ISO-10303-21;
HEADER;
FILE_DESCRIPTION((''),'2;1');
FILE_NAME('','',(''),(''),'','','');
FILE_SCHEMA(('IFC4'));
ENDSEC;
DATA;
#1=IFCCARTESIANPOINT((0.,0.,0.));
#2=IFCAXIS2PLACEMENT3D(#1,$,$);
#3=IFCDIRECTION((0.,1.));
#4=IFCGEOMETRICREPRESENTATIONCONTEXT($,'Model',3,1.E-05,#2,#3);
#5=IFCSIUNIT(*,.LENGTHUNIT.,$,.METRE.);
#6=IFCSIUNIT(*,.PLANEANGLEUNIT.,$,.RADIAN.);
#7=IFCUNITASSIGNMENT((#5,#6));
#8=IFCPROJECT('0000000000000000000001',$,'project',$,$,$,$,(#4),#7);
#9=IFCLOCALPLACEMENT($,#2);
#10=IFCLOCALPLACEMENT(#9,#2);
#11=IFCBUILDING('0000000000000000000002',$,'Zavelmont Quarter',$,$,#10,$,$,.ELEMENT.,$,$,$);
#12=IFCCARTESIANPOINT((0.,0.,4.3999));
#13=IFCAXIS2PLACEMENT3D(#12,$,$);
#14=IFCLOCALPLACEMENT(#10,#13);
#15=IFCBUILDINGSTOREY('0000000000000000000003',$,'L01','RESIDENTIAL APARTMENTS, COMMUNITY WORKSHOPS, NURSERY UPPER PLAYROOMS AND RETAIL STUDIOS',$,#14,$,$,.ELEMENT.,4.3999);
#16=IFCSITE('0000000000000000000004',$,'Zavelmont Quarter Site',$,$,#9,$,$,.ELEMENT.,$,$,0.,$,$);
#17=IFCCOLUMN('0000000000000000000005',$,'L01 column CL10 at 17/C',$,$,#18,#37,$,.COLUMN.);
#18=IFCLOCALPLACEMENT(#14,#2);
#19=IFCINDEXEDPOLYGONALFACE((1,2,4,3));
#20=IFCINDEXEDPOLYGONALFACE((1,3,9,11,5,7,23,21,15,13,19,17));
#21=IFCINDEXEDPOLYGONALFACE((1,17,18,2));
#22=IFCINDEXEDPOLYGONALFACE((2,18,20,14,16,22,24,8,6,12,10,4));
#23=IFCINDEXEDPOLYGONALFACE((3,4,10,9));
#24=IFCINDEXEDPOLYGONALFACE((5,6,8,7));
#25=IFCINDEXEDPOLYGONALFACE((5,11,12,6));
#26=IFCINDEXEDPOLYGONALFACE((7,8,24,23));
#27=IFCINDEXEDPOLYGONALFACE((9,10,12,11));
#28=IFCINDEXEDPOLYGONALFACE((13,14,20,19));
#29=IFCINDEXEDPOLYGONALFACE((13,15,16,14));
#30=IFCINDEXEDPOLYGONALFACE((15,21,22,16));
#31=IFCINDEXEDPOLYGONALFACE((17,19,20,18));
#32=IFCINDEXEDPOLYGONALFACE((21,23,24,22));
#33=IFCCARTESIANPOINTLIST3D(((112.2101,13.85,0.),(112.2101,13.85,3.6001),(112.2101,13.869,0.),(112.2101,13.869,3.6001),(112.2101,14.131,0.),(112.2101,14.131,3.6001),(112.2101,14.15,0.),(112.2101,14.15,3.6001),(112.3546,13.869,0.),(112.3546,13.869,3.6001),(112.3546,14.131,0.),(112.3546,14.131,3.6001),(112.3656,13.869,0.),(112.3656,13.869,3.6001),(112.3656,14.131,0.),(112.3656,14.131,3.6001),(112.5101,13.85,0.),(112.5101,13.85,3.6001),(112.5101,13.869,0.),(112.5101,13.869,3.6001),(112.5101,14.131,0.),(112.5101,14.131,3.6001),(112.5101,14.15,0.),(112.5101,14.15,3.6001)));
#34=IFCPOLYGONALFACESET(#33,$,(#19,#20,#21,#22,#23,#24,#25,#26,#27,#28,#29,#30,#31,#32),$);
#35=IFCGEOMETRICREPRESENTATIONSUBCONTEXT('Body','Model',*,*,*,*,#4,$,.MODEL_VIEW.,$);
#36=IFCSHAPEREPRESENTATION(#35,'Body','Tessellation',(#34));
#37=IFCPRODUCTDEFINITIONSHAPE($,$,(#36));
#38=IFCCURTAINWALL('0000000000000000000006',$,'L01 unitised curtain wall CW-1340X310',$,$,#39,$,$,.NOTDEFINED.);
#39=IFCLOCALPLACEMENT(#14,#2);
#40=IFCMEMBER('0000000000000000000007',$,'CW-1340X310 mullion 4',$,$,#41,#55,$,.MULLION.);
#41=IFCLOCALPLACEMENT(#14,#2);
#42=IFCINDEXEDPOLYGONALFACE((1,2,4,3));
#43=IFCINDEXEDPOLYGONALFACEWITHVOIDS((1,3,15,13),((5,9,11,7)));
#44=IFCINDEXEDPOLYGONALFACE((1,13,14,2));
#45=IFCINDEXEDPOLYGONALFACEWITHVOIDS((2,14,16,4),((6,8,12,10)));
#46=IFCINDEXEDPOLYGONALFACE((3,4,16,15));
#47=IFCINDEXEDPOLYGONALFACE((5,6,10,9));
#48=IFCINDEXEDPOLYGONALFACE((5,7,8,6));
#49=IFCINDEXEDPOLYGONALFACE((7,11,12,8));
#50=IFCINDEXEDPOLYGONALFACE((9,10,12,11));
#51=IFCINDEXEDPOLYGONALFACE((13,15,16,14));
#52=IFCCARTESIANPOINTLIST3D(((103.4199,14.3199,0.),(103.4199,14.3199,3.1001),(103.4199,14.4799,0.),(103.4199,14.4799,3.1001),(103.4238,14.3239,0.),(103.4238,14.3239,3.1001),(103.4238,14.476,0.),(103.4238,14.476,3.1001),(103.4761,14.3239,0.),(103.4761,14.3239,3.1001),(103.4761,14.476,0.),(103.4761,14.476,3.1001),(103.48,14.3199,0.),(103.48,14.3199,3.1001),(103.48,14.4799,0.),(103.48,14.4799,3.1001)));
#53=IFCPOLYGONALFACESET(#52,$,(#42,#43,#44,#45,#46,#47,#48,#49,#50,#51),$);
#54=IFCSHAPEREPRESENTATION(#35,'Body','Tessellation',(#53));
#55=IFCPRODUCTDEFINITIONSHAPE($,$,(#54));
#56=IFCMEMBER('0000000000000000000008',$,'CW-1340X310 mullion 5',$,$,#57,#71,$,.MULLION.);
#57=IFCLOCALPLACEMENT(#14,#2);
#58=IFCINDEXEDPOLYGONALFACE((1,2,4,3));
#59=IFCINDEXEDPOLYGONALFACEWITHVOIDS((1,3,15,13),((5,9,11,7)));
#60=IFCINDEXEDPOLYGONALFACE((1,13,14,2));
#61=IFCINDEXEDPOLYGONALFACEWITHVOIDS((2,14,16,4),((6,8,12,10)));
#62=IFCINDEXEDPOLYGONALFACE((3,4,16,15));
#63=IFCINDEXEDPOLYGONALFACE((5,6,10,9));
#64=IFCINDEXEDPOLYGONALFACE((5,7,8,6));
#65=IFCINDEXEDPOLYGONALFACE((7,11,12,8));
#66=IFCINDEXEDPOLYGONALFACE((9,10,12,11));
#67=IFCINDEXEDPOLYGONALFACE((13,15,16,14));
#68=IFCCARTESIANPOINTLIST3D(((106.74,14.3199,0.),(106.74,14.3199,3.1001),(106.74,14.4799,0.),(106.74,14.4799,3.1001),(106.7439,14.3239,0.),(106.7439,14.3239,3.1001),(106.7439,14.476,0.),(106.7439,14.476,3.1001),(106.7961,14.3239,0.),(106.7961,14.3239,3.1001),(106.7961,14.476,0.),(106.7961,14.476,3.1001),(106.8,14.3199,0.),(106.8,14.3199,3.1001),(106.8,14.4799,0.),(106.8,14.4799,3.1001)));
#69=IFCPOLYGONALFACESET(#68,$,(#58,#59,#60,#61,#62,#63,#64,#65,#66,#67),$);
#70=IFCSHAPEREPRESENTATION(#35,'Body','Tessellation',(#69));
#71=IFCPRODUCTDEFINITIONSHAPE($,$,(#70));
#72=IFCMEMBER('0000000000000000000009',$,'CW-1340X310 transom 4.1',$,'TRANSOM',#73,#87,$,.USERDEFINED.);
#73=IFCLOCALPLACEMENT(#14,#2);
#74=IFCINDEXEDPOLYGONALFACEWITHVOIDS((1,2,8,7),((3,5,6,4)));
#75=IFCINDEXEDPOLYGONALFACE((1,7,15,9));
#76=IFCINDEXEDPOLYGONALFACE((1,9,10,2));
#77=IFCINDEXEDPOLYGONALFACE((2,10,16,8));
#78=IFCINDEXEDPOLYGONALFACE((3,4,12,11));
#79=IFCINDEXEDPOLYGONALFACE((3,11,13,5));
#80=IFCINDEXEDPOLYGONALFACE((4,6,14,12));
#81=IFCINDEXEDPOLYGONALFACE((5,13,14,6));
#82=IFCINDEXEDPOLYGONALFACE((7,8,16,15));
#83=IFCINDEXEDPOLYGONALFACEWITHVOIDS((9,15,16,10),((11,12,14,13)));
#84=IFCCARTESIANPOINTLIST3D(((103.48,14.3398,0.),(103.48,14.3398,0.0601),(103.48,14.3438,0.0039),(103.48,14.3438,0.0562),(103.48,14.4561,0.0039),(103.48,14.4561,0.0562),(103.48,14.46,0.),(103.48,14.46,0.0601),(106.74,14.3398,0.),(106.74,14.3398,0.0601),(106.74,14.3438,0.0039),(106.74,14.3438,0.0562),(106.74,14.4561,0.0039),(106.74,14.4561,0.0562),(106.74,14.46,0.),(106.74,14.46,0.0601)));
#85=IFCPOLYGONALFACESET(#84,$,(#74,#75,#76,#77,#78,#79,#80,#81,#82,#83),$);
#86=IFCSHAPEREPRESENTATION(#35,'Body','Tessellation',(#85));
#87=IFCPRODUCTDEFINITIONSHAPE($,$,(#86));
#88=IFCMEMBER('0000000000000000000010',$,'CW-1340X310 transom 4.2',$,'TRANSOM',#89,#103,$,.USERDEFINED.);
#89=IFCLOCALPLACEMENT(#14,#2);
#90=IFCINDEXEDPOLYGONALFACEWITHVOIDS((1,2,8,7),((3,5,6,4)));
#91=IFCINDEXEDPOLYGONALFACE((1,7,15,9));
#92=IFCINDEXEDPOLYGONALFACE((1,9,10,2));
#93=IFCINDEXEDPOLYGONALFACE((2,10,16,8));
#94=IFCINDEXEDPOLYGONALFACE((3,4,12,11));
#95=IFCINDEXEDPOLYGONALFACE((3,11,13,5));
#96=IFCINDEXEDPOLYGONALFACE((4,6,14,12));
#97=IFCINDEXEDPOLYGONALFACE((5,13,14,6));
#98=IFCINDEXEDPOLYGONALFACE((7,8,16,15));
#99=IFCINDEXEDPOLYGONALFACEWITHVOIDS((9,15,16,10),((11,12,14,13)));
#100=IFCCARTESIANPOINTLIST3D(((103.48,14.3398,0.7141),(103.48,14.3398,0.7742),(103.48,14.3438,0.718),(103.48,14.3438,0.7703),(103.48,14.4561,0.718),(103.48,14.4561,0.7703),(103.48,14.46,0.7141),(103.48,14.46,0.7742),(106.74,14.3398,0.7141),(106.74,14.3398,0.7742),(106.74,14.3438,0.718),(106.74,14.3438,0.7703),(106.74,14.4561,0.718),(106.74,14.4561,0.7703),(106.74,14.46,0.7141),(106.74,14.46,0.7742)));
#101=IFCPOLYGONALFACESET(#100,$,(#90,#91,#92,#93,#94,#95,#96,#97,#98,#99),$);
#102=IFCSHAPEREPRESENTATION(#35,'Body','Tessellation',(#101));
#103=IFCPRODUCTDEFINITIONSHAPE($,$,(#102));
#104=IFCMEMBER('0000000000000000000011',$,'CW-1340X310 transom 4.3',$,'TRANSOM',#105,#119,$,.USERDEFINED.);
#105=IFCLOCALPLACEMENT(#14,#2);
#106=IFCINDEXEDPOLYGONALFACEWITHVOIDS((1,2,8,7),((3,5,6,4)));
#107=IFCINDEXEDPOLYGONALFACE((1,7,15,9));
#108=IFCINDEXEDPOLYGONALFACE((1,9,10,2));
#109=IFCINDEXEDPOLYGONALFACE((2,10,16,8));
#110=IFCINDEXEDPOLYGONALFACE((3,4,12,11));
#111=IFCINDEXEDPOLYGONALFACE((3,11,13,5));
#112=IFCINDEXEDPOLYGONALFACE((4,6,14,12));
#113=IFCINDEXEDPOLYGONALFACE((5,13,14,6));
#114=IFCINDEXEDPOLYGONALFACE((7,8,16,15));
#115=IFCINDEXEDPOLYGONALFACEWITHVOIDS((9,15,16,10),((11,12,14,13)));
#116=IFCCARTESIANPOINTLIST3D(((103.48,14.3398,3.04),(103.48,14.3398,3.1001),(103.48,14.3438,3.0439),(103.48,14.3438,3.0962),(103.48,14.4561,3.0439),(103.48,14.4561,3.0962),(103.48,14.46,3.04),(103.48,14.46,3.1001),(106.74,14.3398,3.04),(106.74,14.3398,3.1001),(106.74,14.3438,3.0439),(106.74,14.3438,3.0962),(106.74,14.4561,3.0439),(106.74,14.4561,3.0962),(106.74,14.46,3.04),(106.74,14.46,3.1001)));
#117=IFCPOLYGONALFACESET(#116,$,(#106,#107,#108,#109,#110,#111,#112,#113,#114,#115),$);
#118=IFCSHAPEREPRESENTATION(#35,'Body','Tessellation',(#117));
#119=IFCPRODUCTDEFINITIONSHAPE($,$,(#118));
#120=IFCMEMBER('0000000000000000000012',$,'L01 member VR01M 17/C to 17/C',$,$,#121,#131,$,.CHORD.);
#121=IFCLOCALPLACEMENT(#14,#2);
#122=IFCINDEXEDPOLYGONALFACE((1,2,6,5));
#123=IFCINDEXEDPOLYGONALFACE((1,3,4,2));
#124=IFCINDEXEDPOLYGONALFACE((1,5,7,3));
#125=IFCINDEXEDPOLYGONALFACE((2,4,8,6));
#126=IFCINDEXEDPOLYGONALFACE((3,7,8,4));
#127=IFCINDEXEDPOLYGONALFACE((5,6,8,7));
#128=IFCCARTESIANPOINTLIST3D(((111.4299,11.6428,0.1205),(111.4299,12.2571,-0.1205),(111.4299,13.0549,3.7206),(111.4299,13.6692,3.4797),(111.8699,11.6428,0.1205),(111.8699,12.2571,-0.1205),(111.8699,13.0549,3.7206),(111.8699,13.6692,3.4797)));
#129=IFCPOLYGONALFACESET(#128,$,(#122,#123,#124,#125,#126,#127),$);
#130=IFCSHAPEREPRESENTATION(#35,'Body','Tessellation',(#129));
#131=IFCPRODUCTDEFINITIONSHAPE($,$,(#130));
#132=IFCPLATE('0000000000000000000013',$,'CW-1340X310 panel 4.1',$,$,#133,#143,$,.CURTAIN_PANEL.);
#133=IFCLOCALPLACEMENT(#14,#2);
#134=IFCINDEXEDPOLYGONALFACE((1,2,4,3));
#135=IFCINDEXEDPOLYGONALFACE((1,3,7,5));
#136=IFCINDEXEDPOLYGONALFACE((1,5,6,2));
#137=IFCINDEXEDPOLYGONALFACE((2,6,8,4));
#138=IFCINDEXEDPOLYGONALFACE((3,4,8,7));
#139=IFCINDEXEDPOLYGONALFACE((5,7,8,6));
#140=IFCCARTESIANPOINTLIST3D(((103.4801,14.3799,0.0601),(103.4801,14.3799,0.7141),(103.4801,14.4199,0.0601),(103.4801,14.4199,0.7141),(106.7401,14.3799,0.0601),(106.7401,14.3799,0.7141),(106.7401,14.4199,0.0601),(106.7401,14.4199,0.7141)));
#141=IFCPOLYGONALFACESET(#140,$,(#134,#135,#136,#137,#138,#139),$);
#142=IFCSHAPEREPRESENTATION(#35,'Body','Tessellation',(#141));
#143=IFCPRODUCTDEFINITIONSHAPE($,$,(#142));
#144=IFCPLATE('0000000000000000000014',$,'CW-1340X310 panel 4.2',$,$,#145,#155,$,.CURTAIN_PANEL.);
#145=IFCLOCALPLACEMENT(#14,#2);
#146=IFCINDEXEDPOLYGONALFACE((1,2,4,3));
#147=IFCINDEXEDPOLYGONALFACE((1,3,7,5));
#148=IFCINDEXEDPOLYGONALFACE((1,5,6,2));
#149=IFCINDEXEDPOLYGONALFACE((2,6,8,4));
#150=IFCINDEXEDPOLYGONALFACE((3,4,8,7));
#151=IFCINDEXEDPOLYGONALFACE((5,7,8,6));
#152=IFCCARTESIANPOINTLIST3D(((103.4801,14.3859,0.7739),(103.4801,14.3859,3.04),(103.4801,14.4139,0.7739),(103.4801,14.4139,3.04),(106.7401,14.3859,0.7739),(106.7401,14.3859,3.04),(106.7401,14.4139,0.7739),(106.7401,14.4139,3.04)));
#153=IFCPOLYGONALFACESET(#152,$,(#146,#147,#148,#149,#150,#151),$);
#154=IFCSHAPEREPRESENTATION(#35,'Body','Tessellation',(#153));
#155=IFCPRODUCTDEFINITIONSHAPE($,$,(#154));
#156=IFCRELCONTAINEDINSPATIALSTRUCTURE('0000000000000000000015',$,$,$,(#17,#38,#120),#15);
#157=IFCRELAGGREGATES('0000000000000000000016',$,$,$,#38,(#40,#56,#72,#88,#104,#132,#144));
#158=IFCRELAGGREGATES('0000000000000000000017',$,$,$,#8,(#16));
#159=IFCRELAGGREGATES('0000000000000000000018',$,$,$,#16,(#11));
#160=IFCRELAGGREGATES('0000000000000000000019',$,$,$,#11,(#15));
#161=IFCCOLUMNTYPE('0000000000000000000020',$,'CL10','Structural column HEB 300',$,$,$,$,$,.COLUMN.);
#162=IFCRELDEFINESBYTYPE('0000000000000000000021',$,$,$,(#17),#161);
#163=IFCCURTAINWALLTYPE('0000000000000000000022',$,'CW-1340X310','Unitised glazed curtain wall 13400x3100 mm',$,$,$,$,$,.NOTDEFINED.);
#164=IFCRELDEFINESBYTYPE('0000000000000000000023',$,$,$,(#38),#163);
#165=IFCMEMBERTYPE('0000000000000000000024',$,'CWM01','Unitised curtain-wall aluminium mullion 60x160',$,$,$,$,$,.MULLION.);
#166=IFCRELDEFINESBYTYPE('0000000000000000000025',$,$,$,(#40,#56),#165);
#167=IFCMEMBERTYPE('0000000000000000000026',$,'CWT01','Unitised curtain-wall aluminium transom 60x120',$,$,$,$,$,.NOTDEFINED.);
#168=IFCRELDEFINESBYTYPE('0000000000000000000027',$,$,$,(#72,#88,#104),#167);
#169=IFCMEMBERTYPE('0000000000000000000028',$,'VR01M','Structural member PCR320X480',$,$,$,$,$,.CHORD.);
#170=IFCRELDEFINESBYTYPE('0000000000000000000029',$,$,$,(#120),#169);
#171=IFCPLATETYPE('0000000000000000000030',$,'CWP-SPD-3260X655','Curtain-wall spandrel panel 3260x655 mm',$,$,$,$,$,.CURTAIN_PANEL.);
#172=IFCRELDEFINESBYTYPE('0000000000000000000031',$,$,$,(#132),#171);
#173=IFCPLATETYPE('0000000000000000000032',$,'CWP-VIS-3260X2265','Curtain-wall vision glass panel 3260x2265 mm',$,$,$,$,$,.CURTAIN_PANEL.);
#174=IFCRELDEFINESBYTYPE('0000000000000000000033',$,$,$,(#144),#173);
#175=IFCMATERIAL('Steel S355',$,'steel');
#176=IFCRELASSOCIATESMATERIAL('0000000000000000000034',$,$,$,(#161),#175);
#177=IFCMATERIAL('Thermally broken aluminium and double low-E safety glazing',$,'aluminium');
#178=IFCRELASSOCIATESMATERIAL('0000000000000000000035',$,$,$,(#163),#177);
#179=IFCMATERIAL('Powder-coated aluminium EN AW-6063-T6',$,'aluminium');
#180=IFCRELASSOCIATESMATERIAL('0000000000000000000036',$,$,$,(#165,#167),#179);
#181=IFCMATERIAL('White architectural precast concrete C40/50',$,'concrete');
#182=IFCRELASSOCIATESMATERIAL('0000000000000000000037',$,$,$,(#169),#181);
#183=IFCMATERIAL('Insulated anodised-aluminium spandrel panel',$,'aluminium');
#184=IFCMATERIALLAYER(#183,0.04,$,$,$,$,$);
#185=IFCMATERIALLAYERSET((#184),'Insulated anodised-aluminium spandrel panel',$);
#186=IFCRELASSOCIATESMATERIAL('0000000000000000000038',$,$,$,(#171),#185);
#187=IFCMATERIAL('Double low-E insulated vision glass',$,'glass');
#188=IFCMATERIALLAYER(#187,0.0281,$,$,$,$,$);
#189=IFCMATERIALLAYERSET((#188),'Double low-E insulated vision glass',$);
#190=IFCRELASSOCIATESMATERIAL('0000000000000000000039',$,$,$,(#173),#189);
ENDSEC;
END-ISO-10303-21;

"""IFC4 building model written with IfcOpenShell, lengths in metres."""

from ifc_helpers import new_model, si_unit, direction, frame, origin, origin_2d, place, context, subcontext, project, spatial, rectangle, hollow_rectangle, i_section, extrude, material, layer, layer_set, material_profile, profile_set, type_object, element, aggregate, save


model = new_model("IFC4")

# Units and contexts
model_context = context("Model", 3, precision=1e-05, world=origin(), true_north=direction((0.0, 1.0)))
body_context = subcontext(model_context, "Body", "Model", "MODEL_VIEW")
ifc_project = project(units=[si_unit("LENGTHUNIT", "METRE"), si_unit("PLANEANGLEUNIT", "RADIAN")], contexts=[model_context])

# Site, building, storey
site_placement = place(None, origin())
site = spatial("IfcSite", under=ifc_project, at=site_placement, Name="Zavelmont Quarter Site", CompositionType="ELEMENT", RefElevation=0.0)
building_placement = place(site_placement, origin())
building = spatial("IfcBuilding", under=site, at=building_placement, Name="Zavelmont Quarter", CompositionType="ELEMENT")
storey_placement = place(building_placement, frame((0.0, 0.0, 4.3999)))
storey = spatial("IfcBuildingStorey", under=building, at=storey_placement, Name="L01", Description="RESIDENTIAL APARTMENTS, COMMUNITY WORKSHOPS, NURSERY UPPER PLAYROOMS AND RETAIL STUDIOS", CompositionType="ELEMENT", Elevation=4.3999)

# Column
ifc_material_1 = material(Name="Steel S355", Category="steel")
ifc_material_profile_1 = material_profile(ifc_material_1, i_section(OverallWidth=0.3, OverallDepth=0.3, WebThickness=0.011, FlangeThickness=0.019, at=origin_2d()), Name="HEB 300")
ifc_profile_set_1 = profile_set([ifc_material_profile_1], Name="Steel S355")
column_type = type_object("IfcColumnType", Name="CL10", Description="Structural column HEB 300", PredefinedType="COLUMN", material=ifc_profile_set_1)
column_placement = place(storey_placement, frame((112.3601, 14.0, 0.0), z_axis=(0.0, 0.0, 1.0), x_axis=(1.0, 0.0, 0.0)))
element("IfcColumn", 1, at=column_placement, inside=storey, type_object=column_type, Name="L01 column CL10 at 17/C", PredefinedType="COLUMN", context=body_context, shape_type="SweptSolid", body=[
    extrude(i_section(OverallWidth=0.3, OverallDepth=0.3, WebThickness=0.011, FlangeThickness=0.019, at=origin_2d()), origin(), (0.0, 0.0, 1.0), 3.6001),
])

# Curtain wall, members
ifc_material_2 = material(Name="Thermally broken aluminium and double low-E safety glazing", Category="aluminium")
curtain_wall_type = type_object("IfcCurtainWallType", Name="CW-1340X310", Description="Unitised glazed curtain wall 13400x3100 mm", PredefinedType="NOTDEFINED", material=ifc_material_2)
curtain_wall_placement = place(storey_placement, origin())
curtain_wall = element("IfcCurtainWall", 2, at=curtain_wall_placement, inside=storey, type_object=curtain_wall_type, Name="L01 unitised curtain wall CW-1340X310", PredefinedType="NOTDEFINED")
ifc_material_3 = material(Name="Powder-coated aluminium EN AW-6063-T6", Category="aluminium")
ifc_material_profile_2 = material_profile(ifc_material_3, hollow_rectangle(XDim=0.0601, YDim=0.1599, WallThickness=0.0039, at=origin_2d()), Name="CWM60X160")
ifc_profile_set_2 = profile_set([ifc_material_profile_2], Name="Powder-coated aluminium EN AW-6063-T6")
member_type_1 = type_object("IfcMemberType", Name="CWM01", Description="Unitised curtain-wall aluminium mullion 60x160", PredefinedType="MULLION", material=ifc_profile_set_2)
member_1_placement = place(storey_placement, frame((103.45, 14.3999, 0.0), z_axis=(0.0, 0.0, 1.0), x_axis=(1.0, 0.0, 0.0)))
member_1 = element("IfcMember", 3, at=member_1_placement, type_object=member_type_1, Name="CW-1340X310 mullion 4", PredefinedType="MULLION", context=body_context, shape_type="SweptSolid", body=[
    extrude(hollow_rectangle(XDim=0.0601, YDim=0.1599, WallThickness=0.0039, at=origin_2d()), origin(), (0.0, 0.0, 1.0), 3.1001),
])
member_2_placement = place(storey_placement, frame((106.77, 14.3999, 0.0), z_axis=(0.0, 0.0, 1.0), x_axis=(1.0, 0.0, 0.0)))
member_2 = element("IfcMember", 4, at=member_2_placement, type_object=member_type_1, Name="CW-1340X310 mullion 5", PredefinedType="MULLION", context=body_context, shape_type="SweptSolid", body=[
    extrude(hollow_rectangle(XDim=0.0601, YDim=0.1599, WallThickness=0.0039, at=origin_2d()), origin(), (0.0, 0.0, 1.0), 3.1001),
])
ifc_material_profile_3 = material_profile(ifc_material_3, hollow_rectangle(XDim=0.1201, YDim=0.0601, WallThickness=0.0039, at=origin_2d()), Name="CWT60X120")
ifc_profile_set_3 = profile_set([ifc_material_profile_3], Name="Powder-coated aluminium EN AW-6063-T6")
member_type_2 = type_object("IfcMemberType", Name="CWT01", Description="Unitised curtain-wall aluminium transom 60x120", PredefinedType="NOTDEFINED", material=ifc_profile_set_3)
member_3_placement = place(storey_placement, frame((103.48, 14.3999, 0.03), z_axis=(1.0, 0.0, 0.0), x_axis=(0.0, 1.0, 0.0)))
member_3 = element("IfcMember", 5, at=member_3_placement, type_object=member_type_2, Name="CW-1340X310 transom 4.1", ObjectType="TRANSOM", PredefinedType="USERDEFINED", context=body_context, shape_type="SweptSolid", body=[
    extrude(hollow_rectangle(XDim=0.1201, YDim=0.0601, WallThickness=0.0039, at=origin_2d()), origin(), (0.0, 0.0, 1.0), 3.26),
])
member_4_placement = place(storey_placement, frame((103.48, 14.3999, 0.7441), z_axis=(1.0, 0.0, 0.0), x_axis=(0.0, 1.0, 0.0)))
member_4 = element("IfcMember", 6, at=member_4_placement, type_object=member_type_2, Name="CW-1340X310 transom 4.2", ObjectType="TRANSOM", PredefinedType="USERDEFINED", context=body_context, shape_type="SweptSolid", body=[
    extrude(hollow_rectangle(XDim=0.1201, YDim=0.0601, WallThickness=0.0039, at=origin_2d()), origin(), (0.0, 0.0, 1.0), 3.26),
])
member_5_placement = place(storey_placement, frame((103.48, 14.3999, 3.0701), z_axis=(1.0, 0.0, 0.0), x_axis=(0.0, 1.0, 0.0)))
member_5 = element("IfcMember", 7, at=member_5_placement, type_object=member_type_2, Name="CW-1340X310 transom 4.3", ObjectType="TRANSOM", PredefinedType="USERDEFINED", context=body_context, shape_type="SweptSolid", body=[
    extrude(hollow_rectangle(XDim=0.1201, YDim=0.0601, WallThickness=0.0039, at=origin_2d()), origin(), (0.0, 0.0, 1.0), 3.26),
])

# Member
ifc_material_4 = material(Name="White architectural precast concrete C40/50", Category="concrete")
ifc_material_profile_4 = material_profile(ifc_material_4, rectangle(XDim=0.4399, YDim=0.6599, at=origin_2d()), Name="PCR320X480")
ifc_profile_set_4 = profile_set([ifc_material_profile_4], Name="White architectural precast concrete C40/50")
member_type_3 = type_object("IfcMemberType", Name="VR01M", Description="Structural member PCR320X480", PredefinedType="CHORD", material=ifc_profile_set_4)
member_6_placement = place(storey_placement, frame((111.6499, 11.95, 0.0), z_axis=(0.0, 0.365156, 0.930946), x_axis=(-1.0, 0.0, 0.0)))
element("IfcMember", 8, at=member_6_placement, inside=storey, type_object=member_type_3, Name="L01 member VR01M 17/C to 17/C", PredefinedType="CHORD", context=body_context, shape_type="SweptSolid", body=[
    extrude(rectangle(XDim=0.4399, YDim=0.6599, at=origin_2d()), origin(), (0.0, 0.0, 1.0), 3.8672),
])

# Plates
ifc_material_5 = material(Name="Insulated anodised-aluminium spandrel panel", Category="aluminium")
ifc_layer_1 = layer(ifc_material_5, 0.04)
ifc_layer_set_1 = layer_set([ifc_layer_1], Name="Insulated anodised-aluminium spandrel panel")
plate_type_1 = type_object("IfcPlateType", Name="CWP-SPD-3260X655", Description="Curtain-wall spandrel panel 3260x655 mm", PredefinedType="CURTAIN_PANEL", material=ifc_layer_set_1)
plate_1_placement = place(storey_placement, frame((105.1101, 14.3999, 0.0601), z_axis=(0.0, 0.0, 1.0), x_axis=(1.0, 0.0, 0.0)))
plate_1 = element("IfcPlate", 9, at=plate_1_placement, type_object=plate_type_1, Name="CW-1340X310 panel 4.1", PredefinedType="CURTAIN_PANEL", context=body_context, shape_type="SweptSolid", body=[
    extrude(rectangle(XDim=3.26, YDim=0.04, at=origin_2d()), origin(), (0.0, 0.0, 1.0), 0.6541),
])
ifc_material_6 = material(Name="Double low-E insulated vision glass", Category="glass")
ifc_layer_2 = layer(ifc_material_6, 0.0281)
ifc_layer_set_2 = layer_set([ifc_layer_2], Name="Double low-E insulated vision glass")
plate_type_2 = type_object("IfcPlateType", Name="CWP-VIS-3260X2265", Description="Curtain-wall vision glass panel 3260x2265 mm", PredefinedType="CURTAIN_PANEL", material=ifc_layer_set_2)
plate_2_placement = place(storey_placement, frame((105.1101, 14.3999, 0.7739), z_axis=(0.0, 0.0, 1.0), x_axis=(1.0, 0.0, 0.0)))
plate_2 = element("IfcPlate", 10, at=plate_2_placement, type_object=plate_type_2, Name="CW-1340X310 panel 4.2", PredefinedType="CURTAIN_PANEL", context=body_context, shape_type="SweptSolid", body=[
    extrude(rectangle(XDim=3.26, YDim=0.0281, at=origin_2d()), origin(), (0.0, 0.0, 1.0), 2.2661),
])
aggregate(curtain_wall, [member_1, member_2, member_3, member_4, member_5, plate_1, plate_2])

save(model, "model.ifc")
